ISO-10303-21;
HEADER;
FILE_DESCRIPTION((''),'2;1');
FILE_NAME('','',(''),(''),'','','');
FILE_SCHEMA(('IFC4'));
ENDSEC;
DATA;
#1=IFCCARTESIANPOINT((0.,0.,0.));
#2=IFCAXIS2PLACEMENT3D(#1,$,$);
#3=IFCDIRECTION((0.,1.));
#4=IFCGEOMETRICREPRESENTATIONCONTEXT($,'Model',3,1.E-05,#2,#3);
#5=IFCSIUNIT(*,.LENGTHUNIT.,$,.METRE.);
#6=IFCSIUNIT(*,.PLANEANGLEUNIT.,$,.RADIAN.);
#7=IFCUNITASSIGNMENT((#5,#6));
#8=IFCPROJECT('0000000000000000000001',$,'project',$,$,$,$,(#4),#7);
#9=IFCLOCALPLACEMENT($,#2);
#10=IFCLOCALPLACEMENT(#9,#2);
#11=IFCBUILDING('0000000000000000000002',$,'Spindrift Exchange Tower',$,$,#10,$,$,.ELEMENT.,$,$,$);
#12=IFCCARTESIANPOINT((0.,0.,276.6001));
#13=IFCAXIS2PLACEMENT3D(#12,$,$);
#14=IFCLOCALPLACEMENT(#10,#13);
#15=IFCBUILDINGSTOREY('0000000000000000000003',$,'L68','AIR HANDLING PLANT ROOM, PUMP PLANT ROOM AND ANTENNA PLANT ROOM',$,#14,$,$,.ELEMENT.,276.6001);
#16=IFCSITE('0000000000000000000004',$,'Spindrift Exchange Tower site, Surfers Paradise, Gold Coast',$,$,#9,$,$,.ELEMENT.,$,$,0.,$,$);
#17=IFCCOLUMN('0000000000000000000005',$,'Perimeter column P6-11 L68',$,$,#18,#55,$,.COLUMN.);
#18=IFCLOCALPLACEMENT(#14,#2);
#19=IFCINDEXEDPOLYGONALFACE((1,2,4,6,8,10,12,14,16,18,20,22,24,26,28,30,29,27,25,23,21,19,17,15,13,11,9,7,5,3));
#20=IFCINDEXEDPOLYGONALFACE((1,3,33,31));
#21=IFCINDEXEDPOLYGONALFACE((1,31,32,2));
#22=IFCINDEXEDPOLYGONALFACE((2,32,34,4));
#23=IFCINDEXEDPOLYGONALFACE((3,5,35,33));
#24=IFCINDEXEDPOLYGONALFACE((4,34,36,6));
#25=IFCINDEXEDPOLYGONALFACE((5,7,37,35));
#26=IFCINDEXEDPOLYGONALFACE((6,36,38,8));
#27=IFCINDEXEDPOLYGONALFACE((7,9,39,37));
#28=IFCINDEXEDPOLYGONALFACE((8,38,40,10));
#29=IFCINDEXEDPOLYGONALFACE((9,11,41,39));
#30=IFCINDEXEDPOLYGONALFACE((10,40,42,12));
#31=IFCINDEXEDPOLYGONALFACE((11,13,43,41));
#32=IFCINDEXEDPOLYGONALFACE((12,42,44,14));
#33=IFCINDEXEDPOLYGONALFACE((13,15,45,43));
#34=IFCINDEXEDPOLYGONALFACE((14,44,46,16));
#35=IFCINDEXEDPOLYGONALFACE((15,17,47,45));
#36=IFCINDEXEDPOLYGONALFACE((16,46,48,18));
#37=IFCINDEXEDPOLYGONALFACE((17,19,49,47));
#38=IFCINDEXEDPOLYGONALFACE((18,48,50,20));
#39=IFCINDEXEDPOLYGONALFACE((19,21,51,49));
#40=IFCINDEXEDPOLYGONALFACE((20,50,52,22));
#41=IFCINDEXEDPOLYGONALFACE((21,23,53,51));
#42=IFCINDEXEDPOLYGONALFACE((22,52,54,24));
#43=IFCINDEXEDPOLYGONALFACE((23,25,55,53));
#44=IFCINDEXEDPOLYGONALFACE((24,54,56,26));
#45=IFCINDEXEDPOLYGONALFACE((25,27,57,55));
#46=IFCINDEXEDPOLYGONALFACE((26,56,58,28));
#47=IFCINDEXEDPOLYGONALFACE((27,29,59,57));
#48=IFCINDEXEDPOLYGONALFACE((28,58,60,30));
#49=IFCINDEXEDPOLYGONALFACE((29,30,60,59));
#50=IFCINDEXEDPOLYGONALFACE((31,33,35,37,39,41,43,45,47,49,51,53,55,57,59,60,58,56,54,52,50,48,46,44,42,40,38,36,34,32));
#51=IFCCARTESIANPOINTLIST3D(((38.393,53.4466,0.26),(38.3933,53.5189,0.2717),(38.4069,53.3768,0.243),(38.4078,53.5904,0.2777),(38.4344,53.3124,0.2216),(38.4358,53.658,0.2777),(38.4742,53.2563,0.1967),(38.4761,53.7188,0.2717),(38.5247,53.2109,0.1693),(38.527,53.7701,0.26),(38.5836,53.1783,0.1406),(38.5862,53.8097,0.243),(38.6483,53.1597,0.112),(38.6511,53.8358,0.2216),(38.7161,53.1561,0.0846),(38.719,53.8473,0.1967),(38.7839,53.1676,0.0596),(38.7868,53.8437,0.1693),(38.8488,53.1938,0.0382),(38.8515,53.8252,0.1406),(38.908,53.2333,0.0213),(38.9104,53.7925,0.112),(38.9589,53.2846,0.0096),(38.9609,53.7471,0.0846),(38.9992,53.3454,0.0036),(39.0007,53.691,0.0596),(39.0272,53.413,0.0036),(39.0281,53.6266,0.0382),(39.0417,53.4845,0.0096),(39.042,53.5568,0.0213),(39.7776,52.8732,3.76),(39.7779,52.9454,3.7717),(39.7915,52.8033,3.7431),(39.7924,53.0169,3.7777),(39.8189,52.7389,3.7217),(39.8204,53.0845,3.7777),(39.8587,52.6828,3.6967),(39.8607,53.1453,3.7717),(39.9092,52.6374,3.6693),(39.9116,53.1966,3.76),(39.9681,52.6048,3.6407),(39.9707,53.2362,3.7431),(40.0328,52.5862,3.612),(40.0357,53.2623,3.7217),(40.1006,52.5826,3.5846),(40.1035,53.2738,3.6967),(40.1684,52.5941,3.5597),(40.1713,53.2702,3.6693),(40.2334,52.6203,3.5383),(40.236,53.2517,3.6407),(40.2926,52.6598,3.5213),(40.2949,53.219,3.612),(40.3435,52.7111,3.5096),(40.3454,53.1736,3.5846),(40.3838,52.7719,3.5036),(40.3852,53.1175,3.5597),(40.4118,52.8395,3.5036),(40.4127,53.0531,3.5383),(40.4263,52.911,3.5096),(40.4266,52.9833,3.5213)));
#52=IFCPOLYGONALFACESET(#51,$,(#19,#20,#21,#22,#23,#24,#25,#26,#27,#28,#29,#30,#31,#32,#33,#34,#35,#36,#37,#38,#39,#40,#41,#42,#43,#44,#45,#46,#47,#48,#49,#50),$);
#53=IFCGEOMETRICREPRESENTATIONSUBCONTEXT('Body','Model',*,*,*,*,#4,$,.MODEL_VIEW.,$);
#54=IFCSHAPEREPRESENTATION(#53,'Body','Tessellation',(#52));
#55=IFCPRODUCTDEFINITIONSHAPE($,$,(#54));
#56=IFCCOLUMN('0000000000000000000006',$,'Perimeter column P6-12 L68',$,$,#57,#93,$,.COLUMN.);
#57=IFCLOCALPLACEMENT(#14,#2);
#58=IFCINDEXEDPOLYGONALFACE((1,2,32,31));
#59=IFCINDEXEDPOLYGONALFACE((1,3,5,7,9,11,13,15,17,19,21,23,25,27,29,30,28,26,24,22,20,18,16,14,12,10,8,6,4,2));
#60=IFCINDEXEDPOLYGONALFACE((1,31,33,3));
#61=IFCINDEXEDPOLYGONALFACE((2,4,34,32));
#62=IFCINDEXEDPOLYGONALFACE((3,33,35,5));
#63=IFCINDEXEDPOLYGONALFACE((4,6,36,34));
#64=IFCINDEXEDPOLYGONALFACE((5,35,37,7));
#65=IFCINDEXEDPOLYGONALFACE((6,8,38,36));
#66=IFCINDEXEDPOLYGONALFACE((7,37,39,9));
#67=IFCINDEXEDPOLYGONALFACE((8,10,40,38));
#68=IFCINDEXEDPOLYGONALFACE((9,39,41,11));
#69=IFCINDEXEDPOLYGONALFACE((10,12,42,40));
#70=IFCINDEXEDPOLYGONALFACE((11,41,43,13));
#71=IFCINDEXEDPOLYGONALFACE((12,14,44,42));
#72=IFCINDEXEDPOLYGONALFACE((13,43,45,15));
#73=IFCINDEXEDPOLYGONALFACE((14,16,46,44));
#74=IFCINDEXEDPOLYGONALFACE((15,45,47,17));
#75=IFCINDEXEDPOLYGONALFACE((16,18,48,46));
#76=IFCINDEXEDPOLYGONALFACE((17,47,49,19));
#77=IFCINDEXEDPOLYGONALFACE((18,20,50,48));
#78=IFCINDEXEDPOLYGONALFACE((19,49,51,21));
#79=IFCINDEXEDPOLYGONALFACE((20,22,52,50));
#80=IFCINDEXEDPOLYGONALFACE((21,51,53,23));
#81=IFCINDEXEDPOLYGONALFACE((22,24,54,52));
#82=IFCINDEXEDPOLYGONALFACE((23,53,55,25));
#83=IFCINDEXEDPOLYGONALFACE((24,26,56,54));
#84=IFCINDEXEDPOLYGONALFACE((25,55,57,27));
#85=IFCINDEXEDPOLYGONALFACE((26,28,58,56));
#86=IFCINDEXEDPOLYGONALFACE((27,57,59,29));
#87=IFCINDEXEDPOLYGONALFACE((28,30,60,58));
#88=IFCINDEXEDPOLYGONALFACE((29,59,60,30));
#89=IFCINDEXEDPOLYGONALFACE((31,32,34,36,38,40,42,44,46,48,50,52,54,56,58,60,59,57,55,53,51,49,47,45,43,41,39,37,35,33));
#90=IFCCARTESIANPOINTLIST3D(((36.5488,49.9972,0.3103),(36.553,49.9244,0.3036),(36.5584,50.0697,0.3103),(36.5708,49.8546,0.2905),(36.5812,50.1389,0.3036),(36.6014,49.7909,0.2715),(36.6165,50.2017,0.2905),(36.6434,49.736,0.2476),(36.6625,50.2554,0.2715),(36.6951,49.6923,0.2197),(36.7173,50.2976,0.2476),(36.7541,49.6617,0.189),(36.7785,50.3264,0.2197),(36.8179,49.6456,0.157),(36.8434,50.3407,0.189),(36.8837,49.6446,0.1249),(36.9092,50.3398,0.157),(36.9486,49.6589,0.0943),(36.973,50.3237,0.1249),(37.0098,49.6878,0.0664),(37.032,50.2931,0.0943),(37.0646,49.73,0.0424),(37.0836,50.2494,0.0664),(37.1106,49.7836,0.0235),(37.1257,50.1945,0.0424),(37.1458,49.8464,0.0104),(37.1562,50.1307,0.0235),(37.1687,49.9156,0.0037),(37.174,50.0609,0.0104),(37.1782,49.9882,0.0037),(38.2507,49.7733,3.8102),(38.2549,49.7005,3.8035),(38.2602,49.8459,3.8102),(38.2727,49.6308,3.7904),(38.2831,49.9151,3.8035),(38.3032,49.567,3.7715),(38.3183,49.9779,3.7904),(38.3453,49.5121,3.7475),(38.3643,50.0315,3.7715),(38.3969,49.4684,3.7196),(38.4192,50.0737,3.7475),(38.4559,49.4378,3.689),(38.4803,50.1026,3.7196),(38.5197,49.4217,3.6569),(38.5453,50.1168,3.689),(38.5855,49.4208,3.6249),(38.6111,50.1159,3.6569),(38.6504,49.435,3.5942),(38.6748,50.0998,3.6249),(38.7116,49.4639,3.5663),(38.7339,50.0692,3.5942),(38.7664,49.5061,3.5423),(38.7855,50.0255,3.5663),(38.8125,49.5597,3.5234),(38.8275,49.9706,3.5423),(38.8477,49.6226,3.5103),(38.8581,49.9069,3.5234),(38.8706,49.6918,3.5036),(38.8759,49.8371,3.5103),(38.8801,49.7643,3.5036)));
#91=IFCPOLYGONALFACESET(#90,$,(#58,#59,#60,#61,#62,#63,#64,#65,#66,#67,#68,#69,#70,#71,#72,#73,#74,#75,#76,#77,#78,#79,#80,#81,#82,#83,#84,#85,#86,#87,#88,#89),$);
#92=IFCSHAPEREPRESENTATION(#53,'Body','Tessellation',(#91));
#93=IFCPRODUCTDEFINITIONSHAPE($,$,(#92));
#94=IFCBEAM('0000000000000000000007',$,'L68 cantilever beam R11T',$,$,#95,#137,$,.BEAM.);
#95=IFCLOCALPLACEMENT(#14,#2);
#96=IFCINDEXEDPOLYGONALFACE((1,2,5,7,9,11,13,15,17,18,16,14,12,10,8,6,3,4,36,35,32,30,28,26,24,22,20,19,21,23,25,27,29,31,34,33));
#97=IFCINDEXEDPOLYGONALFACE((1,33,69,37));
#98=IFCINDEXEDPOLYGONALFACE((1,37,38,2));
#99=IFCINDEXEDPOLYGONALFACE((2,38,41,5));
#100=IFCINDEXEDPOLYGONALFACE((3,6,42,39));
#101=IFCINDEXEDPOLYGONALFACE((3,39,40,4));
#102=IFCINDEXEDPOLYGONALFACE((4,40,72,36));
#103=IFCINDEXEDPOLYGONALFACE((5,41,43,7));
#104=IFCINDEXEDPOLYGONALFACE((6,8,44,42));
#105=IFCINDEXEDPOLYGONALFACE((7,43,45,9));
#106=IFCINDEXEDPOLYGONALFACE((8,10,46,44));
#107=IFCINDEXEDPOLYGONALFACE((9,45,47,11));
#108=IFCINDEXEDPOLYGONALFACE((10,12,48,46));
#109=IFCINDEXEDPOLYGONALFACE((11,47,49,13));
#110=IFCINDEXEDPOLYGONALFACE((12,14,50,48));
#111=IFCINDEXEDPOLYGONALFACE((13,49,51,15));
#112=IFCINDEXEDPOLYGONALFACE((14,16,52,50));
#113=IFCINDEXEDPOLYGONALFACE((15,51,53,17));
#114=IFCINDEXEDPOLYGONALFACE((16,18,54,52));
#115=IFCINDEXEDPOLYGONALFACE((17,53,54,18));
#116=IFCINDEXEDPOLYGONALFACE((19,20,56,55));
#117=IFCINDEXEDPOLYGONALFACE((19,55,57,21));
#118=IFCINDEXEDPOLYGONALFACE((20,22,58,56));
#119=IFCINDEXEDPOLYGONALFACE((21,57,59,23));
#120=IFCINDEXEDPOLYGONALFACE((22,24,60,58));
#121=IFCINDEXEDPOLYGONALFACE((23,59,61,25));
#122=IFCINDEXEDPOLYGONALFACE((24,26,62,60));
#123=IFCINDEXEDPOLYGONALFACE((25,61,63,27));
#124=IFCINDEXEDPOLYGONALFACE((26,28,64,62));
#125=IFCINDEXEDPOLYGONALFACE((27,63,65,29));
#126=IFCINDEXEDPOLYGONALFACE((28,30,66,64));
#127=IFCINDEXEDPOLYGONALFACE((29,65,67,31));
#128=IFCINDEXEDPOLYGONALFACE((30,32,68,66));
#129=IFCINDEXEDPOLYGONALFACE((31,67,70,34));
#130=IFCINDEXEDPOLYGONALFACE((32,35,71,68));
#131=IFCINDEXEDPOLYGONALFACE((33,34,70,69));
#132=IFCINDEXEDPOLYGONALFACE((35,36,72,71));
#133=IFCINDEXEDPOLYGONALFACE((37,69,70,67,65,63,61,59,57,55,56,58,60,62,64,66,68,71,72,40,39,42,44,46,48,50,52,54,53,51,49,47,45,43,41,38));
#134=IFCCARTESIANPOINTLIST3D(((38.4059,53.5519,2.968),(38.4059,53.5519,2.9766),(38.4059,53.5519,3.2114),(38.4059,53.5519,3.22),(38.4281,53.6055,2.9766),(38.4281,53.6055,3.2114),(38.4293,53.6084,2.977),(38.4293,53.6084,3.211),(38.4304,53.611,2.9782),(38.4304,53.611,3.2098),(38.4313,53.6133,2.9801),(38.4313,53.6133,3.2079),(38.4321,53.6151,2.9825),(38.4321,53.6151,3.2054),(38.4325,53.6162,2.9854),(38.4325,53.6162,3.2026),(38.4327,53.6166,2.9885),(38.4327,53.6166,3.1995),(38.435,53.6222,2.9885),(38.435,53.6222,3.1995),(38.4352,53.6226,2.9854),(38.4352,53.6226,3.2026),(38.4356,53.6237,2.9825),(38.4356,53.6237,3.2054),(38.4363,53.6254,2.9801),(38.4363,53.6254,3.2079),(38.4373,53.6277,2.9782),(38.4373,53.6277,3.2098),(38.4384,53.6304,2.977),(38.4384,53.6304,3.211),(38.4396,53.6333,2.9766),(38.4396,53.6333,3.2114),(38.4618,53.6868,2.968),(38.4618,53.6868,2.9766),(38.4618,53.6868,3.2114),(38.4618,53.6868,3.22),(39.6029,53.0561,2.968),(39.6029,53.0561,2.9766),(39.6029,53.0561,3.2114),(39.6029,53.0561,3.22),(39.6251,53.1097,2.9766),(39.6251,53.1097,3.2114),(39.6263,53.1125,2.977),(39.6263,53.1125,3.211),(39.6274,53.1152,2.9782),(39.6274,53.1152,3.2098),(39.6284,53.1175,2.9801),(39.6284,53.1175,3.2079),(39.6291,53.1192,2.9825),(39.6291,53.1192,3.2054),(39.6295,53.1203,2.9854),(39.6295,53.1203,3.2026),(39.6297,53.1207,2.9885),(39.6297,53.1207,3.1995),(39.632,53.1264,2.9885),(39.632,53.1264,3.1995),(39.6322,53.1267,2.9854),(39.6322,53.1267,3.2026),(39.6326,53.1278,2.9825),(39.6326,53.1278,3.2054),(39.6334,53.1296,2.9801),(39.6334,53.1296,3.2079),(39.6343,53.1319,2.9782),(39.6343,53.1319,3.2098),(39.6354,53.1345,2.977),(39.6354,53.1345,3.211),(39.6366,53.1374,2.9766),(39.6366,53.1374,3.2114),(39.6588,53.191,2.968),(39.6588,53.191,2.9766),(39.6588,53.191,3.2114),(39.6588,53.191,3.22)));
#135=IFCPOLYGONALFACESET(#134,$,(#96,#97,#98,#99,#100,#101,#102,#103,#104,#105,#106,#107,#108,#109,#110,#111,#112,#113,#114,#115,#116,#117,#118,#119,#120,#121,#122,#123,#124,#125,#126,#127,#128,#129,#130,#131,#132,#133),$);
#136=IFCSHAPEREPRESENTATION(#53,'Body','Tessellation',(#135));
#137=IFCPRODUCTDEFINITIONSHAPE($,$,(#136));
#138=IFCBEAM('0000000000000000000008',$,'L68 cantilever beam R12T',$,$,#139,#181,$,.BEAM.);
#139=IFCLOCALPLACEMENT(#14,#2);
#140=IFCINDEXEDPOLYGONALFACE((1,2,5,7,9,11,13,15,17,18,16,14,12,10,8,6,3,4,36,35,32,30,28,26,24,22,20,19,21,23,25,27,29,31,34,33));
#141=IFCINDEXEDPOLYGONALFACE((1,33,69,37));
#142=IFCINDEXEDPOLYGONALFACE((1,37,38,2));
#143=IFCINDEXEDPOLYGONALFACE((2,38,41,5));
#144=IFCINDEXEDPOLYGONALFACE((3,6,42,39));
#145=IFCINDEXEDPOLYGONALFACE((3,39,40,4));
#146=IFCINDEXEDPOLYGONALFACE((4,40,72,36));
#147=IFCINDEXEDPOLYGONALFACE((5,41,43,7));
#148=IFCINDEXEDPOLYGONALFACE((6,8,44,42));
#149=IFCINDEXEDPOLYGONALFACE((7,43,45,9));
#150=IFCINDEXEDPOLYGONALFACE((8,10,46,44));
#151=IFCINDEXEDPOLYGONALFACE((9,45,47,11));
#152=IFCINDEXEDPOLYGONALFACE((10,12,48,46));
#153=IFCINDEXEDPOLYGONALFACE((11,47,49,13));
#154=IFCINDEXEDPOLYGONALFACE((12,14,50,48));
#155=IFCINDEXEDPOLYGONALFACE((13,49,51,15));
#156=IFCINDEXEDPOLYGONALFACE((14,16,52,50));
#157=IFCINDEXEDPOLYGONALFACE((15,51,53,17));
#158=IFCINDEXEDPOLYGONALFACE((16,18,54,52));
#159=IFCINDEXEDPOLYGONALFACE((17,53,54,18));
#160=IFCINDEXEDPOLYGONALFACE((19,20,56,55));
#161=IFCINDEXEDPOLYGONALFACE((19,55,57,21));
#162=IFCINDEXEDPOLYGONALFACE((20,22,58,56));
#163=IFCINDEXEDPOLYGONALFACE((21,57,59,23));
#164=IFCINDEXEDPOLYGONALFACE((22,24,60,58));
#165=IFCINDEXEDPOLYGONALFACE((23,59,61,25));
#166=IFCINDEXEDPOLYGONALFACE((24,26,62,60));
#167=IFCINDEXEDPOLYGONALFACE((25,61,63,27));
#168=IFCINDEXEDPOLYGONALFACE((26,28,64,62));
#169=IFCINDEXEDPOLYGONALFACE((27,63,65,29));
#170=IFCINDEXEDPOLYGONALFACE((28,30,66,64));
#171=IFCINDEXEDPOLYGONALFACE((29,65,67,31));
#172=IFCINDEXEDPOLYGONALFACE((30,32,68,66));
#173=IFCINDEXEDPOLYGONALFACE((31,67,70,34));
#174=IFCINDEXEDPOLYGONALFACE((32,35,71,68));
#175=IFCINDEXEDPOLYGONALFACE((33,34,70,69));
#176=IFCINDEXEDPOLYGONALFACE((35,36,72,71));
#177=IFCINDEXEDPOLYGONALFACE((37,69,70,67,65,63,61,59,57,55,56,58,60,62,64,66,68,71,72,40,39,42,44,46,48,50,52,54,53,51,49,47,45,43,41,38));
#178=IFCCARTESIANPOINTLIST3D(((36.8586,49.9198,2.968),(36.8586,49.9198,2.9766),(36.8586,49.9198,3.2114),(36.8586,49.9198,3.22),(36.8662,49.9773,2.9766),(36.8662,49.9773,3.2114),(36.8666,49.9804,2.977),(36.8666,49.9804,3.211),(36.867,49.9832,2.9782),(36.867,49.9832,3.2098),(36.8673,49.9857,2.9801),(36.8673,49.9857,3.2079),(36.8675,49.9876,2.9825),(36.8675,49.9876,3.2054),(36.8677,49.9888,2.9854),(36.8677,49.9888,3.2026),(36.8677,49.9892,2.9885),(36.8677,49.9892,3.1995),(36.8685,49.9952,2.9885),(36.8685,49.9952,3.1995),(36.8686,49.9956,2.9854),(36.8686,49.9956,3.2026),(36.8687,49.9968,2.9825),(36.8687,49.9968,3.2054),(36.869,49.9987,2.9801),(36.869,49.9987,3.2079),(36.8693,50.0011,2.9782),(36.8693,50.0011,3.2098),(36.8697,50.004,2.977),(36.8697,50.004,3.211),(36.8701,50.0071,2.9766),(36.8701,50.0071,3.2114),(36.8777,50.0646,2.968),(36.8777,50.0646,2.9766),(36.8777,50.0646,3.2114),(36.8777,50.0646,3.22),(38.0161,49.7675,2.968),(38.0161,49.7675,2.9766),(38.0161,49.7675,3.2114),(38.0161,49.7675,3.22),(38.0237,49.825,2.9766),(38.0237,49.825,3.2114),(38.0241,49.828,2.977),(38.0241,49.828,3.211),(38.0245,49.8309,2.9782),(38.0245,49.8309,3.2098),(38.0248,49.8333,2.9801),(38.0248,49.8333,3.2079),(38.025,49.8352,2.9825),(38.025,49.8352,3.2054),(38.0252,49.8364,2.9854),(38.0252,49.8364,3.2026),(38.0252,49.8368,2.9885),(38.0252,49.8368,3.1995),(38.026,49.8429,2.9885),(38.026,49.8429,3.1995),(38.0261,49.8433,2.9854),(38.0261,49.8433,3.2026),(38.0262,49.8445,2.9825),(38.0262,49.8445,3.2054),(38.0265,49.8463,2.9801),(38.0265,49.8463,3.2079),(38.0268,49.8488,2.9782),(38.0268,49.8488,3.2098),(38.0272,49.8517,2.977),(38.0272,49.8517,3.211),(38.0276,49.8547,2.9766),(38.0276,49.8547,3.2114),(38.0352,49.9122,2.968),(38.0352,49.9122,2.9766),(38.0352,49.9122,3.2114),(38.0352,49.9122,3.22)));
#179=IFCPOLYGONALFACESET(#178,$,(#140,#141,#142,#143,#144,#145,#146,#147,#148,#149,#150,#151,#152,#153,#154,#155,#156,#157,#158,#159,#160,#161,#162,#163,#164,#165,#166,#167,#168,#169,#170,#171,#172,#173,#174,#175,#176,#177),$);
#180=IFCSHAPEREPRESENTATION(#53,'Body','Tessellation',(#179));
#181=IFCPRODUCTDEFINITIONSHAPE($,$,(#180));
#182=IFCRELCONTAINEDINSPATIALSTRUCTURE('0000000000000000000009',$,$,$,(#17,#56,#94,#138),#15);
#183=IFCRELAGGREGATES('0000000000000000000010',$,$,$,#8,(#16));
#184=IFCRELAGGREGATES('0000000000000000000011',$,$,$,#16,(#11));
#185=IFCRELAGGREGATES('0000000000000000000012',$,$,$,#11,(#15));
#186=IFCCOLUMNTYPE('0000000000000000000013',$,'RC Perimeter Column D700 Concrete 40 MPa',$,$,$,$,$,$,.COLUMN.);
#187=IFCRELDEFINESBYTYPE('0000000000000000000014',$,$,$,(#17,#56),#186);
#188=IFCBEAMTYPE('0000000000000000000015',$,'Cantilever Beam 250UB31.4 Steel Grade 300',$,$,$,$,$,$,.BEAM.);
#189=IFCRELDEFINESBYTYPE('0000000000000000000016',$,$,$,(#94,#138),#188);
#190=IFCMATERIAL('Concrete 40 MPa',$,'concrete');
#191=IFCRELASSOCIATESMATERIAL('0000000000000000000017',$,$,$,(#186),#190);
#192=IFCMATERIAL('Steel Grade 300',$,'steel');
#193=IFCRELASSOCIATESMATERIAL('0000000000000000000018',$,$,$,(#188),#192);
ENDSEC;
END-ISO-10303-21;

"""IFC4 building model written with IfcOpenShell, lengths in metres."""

from ifc_helpers import new_model, si_unit, direction, frame, origin, origin_2d, place, context, subcontext, project, spatial, circle, i_section, extrude, source, transform, mapped, material, material_profile, profile_set, type_object, element, save


model = new_model("IFC4")

# Units and contexts
model_context = context("Model", 3, precision=1e-05, world=origin(), true_north=direction((0.0, 1.0)))
body_context = subcontext(model_context, "Body", "Model", "MODEL_VIEW")
ifc_project = project(units=[si_unit("LENGTHUNIT", "METRE"), si_unit("PLANEANGLEUNIT", "RADIAN")], contexts=[model_context])

# Site, building, storey
site_placement = place(None, origin())
site = spatial("IfcSite", under=ifc_project, at=site_placement, Name="Spindrift Exchange Tower site, Surfers Paradise, Gold Coast", CompositionType="ELEMENT", RefElevation=0.0)
building_placement = place(site_placement, origin())
building = spatial("IfcBuilding", under=site, at=building_placement, Name="Spindrift Exchange Tower", CompositionType="ELEMENT")
storey_placement = place(building_placement, frame((0.0, 0.0, 276.6001)))
storey = spatial("IfcBuildingStorey", under=building, at=storey_placement, Name="L68", Description="AIR HANDLING PLANT ROOM, PUMP PLANT ROOM AND ANTENNA PLANT ROOM", CompositionType="ELEMENT", Elevation=276.6001)

# Columns
ifc_material_1 = material(Name="Concrete 40 MPa", Category="concrete")
ifc_material_profile_1 = material_profile(ifc_material_1, circle(Radius=0.3501, at=origin_2d()), Name="RC D700")
ifc_profile_set_1 = profile_set([ifc_material_profile_1], Name="Concrete 40 MPa")
column_type = type_object("IfcColumnType", Name="RC Perimeter Column D700 Concrete 40 MPa", PredefinedType="COLUMN", material=ifc_profile_set_1)
shared_shape_1 = source(origin(), body_context, "Body", "SweptSolid", [
    extrude(circle(Radius=0.3501, at=origin_2d()), origin(), (0.0, 0.0, 1.0), 3.8074),
])
column_1_placement = place(storey_placement, frame((38.7175, 53.5017, 0.1406), z_axis=(0.363646, -0.150627, 0.919279), x_axis=(0.382683, 0.92388, 0.0)))
element("IfcColumn", 1, at=column_1_placement, inside=storey, type_object=column_type, Name="Perimeter column P6-11 L68", PredefinedType="COLUMN", context=body_context, shape_type="MappedRepresentation", body=[
    mapped(shared_shape_1, transform((0.0, 0.0, 0.0), scale=1.0)),
])
shared_shape_2 = source(origin(), body_context, "Body", "SweptSolid", [
    extrude(circle(Radius=0.3501, at=origin_2d()), origin(), (0.0, 0.0, 1.0), 3.8982),
])
column_2_placement = place(storey_placement, frame((36.8635, 49.9927, 0.157), z_axis=(0.436578, -0.05743, 0.897832), x_axis=(0.130421, 0.991459, 0.0)))
element("IfcColumn", 2, at=column_2_placement, inside=storey, type_object=column_type, Name="Perimeter column P6-12 L68", PredefinedType="COLUMN", context=body_context, shape_type="MappedRepresentation", body=[
    mapped(shared_shape_2, transform((0.0, 0.0, 0.0), scale=1.0)),
])

# Beams
ifc_material_2 = material(Name="Steel Grade 300", Category="steel")
ifc_material_profile_2 = material_profile(ifc_material_2, i_section(OverallWidth=0.146, OverallDepth=0.252, WebThickness=0.0061, FlangeThickness=0.0085, FilletRadius=0.012, at=origin_2d()), Name="250UB31.4")
ifc_profile_set_2 = profile_set([ifc_material_profile_2], Name="Steel Grade 300")
beam_type_1 = type_object("IfcBeamType", Name="Cantilever Beam 250UB31.4 Steel Grade 300", PredefinedType="BEAM", material=ifc_profile_set_2)
shared_shape_3 = source(origin(), body_context, "Body", "SweptSolid", [
    extrude(i_section(OverallWidth=0.146, OverallDepth=0.252, WebThickness=0.0061, FlangeThickness=0.0085, FilletRadius=0.012, at=origin_2d()), origin(), (0.0, 0.0, 1.0), 1.2957),
])
beam_1_placement = place(storey_placement, frame((39.6309, 53.1235, 3.094), z_axis=(-0.923872, 0.382701, 0.0), x_axis=(-0.382701, -0.923872, 0.0)))
element("IfcBeam", 3, at=beam_1_placement, inside=storey, type_object=beam_type_1, Name="L68 cantilever beam R11T", PredefinedType="BEAM", context=body_context, shape_type="MappedRepresentation", body=[
    mapped(shared_shape_3, transform((0.0, 0.0, 0.0), scale=1.0)),
])
shared_shape_4 = source(origin(), body_context, "Body", "SweptSolid", [
    extrude(i_section(OverallWidth=0.146, OverallDepth=0.252, WebThickness=0.0061, FlangeThickness=0.0085, FilletRadius=0.012, at=origin_2d()), origin(), (0.0, 0.0, 1.0), 1.1675),
])
beam_2_placement = place(storey_placement, frame((38.0256, 49.8398, 3.094), z_axis=(-0.991449, 0.130492, 0.0), x_axis=(-0.130492, -0.991449, 0.0)))
element("IfcBeam", 4, at=beam_2_placement, inside=storey, type_object=beam_type_1, Name="L68 cantilever beam R12T", PredefinedType="BEAM", context=body_context, shape_type="MappedRepresentation", body=[
    mapped(shared_shape_4, transform((0.0, 0.0, 0.0), scale=1.0)),
])

save(model, "model.ifc")
